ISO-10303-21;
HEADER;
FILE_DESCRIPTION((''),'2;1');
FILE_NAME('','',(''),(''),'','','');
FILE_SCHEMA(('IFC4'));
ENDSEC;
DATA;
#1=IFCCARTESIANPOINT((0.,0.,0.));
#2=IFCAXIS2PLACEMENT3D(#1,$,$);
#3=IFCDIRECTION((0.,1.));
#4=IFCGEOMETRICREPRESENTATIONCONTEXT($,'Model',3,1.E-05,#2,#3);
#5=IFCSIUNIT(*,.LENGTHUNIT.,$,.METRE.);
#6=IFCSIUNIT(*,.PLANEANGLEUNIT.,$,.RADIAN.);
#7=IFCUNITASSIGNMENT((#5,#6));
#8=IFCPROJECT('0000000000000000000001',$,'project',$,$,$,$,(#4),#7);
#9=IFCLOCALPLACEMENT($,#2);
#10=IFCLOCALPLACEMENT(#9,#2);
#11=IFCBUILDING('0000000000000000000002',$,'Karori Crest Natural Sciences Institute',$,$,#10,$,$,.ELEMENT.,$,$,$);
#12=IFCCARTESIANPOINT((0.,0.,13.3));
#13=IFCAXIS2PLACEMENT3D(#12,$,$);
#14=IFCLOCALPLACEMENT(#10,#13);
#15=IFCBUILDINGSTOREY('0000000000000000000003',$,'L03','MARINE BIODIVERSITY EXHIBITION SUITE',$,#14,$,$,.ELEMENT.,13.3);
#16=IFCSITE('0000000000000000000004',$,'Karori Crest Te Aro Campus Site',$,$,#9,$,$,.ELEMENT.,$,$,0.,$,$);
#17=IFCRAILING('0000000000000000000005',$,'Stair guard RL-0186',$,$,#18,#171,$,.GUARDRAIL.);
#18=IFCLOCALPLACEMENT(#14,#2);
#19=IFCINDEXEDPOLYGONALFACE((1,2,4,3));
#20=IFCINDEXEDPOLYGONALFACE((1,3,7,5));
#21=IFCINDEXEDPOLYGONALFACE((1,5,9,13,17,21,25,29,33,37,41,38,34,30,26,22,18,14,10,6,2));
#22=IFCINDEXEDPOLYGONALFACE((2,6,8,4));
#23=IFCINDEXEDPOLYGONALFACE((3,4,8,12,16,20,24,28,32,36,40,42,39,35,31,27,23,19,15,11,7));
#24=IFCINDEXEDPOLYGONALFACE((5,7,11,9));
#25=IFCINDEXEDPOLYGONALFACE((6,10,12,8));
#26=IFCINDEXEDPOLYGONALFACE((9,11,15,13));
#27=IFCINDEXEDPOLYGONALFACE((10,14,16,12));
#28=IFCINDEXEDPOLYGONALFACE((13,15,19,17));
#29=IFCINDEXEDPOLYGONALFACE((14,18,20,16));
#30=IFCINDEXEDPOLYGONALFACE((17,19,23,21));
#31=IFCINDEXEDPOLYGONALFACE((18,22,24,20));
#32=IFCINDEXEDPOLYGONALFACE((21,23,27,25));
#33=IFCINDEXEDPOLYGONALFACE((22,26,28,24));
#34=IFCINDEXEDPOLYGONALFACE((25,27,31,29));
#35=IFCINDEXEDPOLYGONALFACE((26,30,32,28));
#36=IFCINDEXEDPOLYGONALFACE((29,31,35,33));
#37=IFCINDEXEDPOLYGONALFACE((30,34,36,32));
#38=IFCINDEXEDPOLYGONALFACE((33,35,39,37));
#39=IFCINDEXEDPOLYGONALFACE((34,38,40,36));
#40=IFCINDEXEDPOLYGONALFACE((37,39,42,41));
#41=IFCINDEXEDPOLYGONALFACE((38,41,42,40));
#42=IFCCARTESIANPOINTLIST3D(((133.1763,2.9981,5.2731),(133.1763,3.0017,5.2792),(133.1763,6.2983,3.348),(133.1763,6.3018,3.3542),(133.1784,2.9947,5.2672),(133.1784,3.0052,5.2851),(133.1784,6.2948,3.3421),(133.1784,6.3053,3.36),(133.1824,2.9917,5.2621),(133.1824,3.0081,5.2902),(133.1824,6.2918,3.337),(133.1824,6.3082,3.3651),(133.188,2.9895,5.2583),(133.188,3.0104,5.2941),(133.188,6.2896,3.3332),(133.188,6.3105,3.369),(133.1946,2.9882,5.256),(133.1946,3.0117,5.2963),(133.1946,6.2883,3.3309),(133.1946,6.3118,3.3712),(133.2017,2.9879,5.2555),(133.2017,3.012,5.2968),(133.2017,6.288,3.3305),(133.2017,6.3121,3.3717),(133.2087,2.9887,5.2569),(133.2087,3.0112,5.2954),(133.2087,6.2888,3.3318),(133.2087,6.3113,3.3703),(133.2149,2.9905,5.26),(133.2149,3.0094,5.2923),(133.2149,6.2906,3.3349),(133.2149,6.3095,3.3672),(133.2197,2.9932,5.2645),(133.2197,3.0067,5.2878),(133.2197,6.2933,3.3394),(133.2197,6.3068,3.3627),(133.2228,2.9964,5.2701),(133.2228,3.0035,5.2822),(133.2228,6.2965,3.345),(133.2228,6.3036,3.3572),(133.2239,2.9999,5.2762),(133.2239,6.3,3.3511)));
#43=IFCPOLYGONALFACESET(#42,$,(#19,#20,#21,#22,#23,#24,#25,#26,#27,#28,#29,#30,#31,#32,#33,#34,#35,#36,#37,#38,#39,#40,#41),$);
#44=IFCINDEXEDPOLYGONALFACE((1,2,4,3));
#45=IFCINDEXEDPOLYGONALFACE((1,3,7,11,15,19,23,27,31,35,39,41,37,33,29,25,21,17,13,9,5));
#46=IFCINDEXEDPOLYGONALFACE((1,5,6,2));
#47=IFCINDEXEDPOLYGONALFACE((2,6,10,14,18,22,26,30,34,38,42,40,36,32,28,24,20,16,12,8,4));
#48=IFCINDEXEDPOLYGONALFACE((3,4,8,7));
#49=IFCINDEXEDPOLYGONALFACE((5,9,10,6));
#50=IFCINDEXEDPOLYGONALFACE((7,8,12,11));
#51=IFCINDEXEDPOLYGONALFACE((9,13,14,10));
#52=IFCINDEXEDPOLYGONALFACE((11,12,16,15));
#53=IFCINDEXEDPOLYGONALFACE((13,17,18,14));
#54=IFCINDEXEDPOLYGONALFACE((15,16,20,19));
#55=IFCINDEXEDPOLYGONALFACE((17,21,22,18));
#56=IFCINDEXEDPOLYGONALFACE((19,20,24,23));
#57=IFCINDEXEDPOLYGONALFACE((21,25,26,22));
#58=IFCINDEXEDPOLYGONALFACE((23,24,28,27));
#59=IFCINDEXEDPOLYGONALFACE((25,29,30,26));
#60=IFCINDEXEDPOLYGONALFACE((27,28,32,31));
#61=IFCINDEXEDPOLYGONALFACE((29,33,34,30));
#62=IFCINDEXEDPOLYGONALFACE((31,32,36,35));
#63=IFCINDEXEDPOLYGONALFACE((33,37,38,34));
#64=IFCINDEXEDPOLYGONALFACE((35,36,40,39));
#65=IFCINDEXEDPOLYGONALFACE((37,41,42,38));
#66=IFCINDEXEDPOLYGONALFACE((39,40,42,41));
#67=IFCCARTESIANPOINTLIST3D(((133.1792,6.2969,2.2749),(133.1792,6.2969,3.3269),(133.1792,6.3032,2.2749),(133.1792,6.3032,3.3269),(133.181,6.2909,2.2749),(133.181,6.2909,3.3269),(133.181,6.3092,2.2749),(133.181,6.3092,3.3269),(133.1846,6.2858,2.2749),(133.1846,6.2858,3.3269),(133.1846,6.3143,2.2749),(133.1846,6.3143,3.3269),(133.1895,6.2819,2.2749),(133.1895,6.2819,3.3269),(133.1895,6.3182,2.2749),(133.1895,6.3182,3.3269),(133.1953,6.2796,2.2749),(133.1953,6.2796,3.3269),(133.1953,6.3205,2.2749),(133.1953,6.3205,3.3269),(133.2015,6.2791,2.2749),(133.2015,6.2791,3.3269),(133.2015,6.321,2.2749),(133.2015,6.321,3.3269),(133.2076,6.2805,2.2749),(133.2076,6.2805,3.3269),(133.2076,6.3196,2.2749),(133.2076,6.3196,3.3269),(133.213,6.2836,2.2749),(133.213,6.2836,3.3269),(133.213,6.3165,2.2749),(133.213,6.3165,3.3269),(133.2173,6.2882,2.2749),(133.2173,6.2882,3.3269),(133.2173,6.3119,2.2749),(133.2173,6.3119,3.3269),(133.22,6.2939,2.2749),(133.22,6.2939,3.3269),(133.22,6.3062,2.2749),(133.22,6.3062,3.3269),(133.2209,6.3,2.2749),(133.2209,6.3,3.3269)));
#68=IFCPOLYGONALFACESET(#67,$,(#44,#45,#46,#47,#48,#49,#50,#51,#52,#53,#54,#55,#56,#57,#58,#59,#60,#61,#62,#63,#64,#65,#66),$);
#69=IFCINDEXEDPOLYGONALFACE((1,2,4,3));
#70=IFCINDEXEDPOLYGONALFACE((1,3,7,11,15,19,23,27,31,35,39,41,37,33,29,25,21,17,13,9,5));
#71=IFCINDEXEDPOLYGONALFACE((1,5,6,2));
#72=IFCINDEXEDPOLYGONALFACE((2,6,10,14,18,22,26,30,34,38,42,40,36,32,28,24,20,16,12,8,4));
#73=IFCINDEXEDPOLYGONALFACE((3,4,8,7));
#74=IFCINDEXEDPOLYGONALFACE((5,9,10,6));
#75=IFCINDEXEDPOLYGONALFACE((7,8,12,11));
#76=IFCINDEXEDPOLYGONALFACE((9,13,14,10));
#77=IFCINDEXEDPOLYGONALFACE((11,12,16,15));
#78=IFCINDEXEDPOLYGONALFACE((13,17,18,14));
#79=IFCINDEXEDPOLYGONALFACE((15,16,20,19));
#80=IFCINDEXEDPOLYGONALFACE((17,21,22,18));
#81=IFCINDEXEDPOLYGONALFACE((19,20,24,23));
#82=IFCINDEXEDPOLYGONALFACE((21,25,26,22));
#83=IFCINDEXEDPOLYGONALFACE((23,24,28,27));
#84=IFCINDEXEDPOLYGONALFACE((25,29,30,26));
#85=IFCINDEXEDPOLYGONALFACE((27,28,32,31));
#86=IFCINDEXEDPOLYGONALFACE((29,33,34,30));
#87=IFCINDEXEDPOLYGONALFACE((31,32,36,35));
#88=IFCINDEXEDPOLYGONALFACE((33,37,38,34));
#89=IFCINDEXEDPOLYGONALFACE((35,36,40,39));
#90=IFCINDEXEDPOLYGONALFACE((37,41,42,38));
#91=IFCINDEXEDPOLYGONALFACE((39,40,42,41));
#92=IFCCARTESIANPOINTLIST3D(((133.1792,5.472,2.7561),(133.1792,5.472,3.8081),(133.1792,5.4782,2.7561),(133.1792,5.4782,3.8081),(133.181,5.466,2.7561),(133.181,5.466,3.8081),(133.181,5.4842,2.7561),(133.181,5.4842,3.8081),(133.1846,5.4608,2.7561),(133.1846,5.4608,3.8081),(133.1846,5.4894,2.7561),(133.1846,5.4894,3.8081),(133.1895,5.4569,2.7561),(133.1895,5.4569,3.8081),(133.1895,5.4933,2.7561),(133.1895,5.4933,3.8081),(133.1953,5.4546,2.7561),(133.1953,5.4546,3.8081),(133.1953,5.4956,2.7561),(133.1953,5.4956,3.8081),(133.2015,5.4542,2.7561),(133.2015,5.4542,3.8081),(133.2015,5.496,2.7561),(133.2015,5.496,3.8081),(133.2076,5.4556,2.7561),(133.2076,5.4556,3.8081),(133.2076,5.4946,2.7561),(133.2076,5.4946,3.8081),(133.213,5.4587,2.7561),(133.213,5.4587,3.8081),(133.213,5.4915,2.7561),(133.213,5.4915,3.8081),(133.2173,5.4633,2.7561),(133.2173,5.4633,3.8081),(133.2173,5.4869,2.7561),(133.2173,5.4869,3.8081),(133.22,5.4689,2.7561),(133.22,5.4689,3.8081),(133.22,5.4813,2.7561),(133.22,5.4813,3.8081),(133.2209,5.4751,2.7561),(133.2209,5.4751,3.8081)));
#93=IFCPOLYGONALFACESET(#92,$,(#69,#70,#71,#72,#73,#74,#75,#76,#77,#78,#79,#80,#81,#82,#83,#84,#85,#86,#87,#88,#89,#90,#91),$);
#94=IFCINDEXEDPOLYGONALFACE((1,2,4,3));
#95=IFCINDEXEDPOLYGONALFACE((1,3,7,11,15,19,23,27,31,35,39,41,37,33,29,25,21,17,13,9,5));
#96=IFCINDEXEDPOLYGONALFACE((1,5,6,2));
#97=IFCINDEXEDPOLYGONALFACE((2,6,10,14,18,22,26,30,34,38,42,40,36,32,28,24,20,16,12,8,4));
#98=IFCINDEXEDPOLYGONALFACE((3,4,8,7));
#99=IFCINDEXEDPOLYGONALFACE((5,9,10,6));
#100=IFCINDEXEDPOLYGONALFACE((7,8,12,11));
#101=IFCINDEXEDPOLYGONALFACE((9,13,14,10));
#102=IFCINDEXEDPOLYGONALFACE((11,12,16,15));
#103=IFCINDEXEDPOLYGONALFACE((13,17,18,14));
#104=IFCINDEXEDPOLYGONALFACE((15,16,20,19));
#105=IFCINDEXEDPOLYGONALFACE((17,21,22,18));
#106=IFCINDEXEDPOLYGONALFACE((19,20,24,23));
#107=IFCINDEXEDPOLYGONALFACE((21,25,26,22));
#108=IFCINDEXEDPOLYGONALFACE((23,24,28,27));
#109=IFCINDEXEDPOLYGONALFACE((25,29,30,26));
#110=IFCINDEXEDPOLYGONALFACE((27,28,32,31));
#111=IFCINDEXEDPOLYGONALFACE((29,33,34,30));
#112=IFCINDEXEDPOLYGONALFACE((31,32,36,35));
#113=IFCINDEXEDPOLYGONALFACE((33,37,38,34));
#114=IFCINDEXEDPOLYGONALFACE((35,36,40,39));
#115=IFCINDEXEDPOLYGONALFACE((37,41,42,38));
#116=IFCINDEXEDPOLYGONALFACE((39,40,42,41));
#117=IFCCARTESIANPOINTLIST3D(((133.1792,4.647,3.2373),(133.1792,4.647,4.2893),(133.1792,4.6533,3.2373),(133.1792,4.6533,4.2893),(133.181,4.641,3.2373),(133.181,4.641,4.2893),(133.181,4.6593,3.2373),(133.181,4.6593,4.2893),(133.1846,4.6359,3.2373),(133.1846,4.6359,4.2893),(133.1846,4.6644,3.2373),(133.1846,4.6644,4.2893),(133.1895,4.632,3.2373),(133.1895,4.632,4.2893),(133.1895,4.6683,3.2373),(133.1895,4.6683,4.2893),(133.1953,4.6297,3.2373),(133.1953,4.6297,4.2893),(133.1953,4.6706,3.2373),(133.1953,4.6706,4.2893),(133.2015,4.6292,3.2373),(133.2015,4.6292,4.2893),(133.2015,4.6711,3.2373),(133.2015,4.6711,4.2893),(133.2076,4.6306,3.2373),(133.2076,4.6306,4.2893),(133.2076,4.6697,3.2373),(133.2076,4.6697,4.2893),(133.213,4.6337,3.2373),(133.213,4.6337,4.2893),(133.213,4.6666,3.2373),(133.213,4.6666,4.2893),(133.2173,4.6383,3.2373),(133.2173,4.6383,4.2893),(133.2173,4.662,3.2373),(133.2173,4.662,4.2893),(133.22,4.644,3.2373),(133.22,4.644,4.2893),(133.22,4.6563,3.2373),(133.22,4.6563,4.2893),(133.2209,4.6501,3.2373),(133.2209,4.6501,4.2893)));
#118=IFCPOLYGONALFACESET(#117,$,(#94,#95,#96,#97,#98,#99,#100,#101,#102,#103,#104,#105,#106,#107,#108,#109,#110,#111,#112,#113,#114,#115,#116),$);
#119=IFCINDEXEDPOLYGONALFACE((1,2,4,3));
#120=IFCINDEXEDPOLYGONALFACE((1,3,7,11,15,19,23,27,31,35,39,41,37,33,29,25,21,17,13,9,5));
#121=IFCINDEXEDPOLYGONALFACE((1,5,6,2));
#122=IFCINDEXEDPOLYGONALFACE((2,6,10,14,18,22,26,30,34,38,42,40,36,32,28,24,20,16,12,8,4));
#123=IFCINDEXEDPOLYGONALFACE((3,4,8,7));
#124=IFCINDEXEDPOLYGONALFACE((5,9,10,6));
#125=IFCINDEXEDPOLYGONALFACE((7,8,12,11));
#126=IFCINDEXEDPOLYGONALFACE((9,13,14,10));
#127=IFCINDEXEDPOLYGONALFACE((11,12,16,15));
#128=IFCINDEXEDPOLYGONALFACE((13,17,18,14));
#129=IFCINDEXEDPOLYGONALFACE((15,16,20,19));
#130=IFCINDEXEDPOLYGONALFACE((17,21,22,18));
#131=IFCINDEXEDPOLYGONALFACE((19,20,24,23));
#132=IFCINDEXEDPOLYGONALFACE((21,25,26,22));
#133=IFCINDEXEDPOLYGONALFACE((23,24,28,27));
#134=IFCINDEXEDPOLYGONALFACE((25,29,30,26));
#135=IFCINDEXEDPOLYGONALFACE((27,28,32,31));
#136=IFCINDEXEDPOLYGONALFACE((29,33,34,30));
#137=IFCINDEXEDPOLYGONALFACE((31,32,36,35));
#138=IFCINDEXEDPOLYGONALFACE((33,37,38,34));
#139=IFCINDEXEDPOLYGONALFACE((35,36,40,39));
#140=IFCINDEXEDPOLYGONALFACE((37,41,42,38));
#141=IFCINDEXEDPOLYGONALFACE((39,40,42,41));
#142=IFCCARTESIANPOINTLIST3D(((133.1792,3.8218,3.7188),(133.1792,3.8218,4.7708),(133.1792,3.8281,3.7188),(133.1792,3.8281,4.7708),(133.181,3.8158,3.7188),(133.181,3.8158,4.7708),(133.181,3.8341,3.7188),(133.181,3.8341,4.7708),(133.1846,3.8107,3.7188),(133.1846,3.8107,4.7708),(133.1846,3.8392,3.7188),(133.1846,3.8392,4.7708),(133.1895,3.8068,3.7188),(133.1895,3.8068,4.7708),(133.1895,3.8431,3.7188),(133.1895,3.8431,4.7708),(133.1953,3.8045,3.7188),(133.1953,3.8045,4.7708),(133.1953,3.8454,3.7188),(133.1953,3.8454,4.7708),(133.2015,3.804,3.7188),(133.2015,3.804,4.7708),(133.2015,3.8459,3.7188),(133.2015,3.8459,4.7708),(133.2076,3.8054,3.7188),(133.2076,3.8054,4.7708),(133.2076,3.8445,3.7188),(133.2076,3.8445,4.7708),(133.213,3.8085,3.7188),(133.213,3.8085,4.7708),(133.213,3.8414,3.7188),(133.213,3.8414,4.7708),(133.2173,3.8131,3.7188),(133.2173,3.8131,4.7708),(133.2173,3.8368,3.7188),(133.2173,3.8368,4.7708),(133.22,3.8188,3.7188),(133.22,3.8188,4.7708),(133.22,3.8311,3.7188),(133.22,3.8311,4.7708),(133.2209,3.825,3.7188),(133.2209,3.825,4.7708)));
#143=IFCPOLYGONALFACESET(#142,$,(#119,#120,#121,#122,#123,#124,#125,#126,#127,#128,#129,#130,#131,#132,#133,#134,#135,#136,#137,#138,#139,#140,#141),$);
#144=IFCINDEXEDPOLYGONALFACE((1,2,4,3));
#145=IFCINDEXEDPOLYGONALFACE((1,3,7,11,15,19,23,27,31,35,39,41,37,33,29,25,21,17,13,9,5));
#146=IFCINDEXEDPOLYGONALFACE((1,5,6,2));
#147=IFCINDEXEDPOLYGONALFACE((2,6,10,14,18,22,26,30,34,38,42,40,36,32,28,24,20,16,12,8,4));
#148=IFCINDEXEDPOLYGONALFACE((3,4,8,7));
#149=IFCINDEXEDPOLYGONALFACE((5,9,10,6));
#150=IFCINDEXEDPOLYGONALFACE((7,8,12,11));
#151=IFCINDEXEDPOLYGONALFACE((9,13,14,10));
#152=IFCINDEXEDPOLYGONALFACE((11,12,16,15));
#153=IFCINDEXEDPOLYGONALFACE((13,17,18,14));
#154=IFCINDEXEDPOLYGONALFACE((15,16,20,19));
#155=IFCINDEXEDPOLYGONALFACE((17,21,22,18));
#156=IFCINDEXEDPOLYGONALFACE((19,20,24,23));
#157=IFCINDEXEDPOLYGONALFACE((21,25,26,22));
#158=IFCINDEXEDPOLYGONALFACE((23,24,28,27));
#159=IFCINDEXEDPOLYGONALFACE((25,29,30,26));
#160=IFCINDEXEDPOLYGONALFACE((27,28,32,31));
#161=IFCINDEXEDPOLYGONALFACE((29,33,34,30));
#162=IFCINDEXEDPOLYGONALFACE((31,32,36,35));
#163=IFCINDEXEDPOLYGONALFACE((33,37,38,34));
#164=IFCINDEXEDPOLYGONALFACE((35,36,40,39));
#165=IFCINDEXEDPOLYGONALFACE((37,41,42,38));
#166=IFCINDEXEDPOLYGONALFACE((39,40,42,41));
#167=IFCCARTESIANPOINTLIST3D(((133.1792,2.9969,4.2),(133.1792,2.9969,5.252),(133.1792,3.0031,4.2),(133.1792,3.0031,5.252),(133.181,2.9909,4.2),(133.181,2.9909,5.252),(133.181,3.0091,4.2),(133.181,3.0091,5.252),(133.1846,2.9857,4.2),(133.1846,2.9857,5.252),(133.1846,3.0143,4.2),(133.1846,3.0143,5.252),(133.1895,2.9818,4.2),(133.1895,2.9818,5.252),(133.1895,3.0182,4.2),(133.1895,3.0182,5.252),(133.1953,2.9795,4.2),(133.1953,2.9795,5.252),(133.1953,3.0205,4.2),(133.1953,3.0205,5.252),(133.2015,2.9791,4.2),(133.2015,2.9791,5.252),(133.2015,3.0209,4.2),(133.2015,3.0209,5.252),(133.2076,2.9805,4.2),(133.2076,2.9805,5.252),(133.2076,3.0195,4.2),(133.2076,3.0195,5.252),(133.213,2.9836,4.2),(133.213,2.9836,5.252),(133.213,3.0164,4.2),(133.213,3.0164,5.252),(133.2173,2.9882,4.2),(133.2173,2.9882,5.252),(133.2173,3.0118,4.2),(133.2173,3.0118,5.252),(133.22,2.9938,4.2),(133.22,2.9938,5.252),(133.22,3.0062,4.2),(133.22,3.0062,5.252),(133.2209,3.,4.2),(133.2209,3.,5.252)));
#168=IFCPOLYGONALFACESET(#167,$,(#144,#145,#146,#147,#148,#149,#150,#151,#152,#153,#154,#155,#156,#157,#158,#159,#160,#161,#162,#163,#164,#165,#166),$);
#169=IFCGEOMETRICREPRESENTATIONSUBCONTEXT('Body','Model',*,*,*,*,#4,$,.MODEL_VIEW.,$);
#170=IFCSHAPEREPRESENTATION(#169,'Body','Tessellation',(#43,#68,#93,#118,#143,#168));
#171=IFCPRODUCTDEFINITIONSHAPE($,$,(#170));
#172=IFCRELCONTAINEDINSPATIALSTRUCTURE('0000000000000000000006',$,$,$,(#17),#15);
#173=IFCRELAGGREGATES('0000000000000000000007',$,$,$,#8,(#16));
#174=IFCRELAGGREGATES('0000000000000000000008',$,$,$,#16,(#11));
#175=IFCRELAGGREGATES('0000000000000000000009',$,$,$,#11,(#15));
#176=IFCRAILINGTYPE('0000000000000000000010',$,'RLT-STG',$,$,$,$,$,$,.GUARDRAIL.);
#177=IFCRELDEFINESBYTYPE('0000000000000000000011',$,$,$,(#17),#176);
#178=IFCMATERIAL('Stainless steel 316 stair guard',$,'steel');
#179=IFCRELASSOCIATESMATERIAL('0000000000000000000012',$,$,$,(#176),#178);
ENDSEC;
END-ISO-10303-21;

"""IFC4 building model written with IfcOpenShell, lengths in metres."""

from ifc_helpers import new_model, si_unit, direction, frame, origin, origin_2d, place, context, subcontext, project, spatial, circle, extrude, material, type_object, element, save


model = new_model("IFC4")

# Units and contexts
model_context = context("Model", 3, precision=1e-05, world=origin(), true_north=direction((0.0, 1.0)))
body_context = subcontext(model_context, "Body", "Model", "MODEL_VIEW")
ifc_project = project(units=[si_unit("LENGTHUNIT", "METRE"), si_unit("PLANEANGLEUNIT", "RADIAN")], contexts=[model_context])

# Site, building, storey
site_placement = place(None, origin())
site = spatial("IfcSite", under=ifc_project, at=site_placement, Name="Karori Crest Te Aro Campus Site", CompositionType="ELEMENT", RefElevation=0.0)
building_placement = place(site_placement, origin())
building = spatial("IfcBuilding", under=site, at=building_placement, Name="Karori Crest Natural Sciences Institute", CompositionType="ELEMENT")
storey_placement = place(building_placement, frame((0.0, 0.0, 13.3)))
storey = spatial("IfcBuildingStorey", under=building, at=storey_placement, Name="L03", Description="MARINE BIODIVERSITY EXHIBITION SUITE", CompositionType="ELEMENT", Elevation=13.3)

# Railing
ifc_material_1 = material(Name="Stainless steel 316 stair guard", Category="steel")
railing_type = type_object("IfcRailingType", Name="RLT-STG", PredefinedType="GUARDRAIL", material=ifc_material_1)
railing_1_placement = place(storey_placement, frame((133.2, 6.3, 2.2749)))
element("IfcRailing", 1, at=railing_1_placement, inside=storey, type_object=railing_type, Name="Stair guard RL-0186", PredefinedType="GUARDRAIL", context=body_context, shape_type="SweptSolid", body=[
    extrude(circle(Radius=0.0239, at=origin_2d()), frame((0.0, 0.0, 1.0762), z_axis=(0.0, -0.863777, 0.503875), x_axis=(1.0, 0.0, 0.0)), (0.0, 0.0, 1.0), 3.8206),
    extrude(circle(Radius=0.021, at=origin_2d()), origin(), (0.0, 0.0, 1.0), 1.052),
    extrude(circle(Radius=0.021, at=origin_2d()), frame((0.0, -0.825, 0.4812)), (0.0, 0.0, 1.0), 1.052),
    extrude(circle(Radius=0.021, at=origin_2d()), frame((0.0, -1.6499, 0.9624)), (0.0, 0.0, 1.0), 1.052),
    extrude(circle(Radius=0.021, at=origin_2d()), frame((0.0, -2.4751, 1.4438)), (0.0, 0.0, 1.0), 1.052),
    extrude(circle(Radius=0.021, at=origin_2d()), frame((0.0, -3.3, 1.925)), (0.0, 0.0, 1.0), 1.052),
])

save(model, "model.ifc")
